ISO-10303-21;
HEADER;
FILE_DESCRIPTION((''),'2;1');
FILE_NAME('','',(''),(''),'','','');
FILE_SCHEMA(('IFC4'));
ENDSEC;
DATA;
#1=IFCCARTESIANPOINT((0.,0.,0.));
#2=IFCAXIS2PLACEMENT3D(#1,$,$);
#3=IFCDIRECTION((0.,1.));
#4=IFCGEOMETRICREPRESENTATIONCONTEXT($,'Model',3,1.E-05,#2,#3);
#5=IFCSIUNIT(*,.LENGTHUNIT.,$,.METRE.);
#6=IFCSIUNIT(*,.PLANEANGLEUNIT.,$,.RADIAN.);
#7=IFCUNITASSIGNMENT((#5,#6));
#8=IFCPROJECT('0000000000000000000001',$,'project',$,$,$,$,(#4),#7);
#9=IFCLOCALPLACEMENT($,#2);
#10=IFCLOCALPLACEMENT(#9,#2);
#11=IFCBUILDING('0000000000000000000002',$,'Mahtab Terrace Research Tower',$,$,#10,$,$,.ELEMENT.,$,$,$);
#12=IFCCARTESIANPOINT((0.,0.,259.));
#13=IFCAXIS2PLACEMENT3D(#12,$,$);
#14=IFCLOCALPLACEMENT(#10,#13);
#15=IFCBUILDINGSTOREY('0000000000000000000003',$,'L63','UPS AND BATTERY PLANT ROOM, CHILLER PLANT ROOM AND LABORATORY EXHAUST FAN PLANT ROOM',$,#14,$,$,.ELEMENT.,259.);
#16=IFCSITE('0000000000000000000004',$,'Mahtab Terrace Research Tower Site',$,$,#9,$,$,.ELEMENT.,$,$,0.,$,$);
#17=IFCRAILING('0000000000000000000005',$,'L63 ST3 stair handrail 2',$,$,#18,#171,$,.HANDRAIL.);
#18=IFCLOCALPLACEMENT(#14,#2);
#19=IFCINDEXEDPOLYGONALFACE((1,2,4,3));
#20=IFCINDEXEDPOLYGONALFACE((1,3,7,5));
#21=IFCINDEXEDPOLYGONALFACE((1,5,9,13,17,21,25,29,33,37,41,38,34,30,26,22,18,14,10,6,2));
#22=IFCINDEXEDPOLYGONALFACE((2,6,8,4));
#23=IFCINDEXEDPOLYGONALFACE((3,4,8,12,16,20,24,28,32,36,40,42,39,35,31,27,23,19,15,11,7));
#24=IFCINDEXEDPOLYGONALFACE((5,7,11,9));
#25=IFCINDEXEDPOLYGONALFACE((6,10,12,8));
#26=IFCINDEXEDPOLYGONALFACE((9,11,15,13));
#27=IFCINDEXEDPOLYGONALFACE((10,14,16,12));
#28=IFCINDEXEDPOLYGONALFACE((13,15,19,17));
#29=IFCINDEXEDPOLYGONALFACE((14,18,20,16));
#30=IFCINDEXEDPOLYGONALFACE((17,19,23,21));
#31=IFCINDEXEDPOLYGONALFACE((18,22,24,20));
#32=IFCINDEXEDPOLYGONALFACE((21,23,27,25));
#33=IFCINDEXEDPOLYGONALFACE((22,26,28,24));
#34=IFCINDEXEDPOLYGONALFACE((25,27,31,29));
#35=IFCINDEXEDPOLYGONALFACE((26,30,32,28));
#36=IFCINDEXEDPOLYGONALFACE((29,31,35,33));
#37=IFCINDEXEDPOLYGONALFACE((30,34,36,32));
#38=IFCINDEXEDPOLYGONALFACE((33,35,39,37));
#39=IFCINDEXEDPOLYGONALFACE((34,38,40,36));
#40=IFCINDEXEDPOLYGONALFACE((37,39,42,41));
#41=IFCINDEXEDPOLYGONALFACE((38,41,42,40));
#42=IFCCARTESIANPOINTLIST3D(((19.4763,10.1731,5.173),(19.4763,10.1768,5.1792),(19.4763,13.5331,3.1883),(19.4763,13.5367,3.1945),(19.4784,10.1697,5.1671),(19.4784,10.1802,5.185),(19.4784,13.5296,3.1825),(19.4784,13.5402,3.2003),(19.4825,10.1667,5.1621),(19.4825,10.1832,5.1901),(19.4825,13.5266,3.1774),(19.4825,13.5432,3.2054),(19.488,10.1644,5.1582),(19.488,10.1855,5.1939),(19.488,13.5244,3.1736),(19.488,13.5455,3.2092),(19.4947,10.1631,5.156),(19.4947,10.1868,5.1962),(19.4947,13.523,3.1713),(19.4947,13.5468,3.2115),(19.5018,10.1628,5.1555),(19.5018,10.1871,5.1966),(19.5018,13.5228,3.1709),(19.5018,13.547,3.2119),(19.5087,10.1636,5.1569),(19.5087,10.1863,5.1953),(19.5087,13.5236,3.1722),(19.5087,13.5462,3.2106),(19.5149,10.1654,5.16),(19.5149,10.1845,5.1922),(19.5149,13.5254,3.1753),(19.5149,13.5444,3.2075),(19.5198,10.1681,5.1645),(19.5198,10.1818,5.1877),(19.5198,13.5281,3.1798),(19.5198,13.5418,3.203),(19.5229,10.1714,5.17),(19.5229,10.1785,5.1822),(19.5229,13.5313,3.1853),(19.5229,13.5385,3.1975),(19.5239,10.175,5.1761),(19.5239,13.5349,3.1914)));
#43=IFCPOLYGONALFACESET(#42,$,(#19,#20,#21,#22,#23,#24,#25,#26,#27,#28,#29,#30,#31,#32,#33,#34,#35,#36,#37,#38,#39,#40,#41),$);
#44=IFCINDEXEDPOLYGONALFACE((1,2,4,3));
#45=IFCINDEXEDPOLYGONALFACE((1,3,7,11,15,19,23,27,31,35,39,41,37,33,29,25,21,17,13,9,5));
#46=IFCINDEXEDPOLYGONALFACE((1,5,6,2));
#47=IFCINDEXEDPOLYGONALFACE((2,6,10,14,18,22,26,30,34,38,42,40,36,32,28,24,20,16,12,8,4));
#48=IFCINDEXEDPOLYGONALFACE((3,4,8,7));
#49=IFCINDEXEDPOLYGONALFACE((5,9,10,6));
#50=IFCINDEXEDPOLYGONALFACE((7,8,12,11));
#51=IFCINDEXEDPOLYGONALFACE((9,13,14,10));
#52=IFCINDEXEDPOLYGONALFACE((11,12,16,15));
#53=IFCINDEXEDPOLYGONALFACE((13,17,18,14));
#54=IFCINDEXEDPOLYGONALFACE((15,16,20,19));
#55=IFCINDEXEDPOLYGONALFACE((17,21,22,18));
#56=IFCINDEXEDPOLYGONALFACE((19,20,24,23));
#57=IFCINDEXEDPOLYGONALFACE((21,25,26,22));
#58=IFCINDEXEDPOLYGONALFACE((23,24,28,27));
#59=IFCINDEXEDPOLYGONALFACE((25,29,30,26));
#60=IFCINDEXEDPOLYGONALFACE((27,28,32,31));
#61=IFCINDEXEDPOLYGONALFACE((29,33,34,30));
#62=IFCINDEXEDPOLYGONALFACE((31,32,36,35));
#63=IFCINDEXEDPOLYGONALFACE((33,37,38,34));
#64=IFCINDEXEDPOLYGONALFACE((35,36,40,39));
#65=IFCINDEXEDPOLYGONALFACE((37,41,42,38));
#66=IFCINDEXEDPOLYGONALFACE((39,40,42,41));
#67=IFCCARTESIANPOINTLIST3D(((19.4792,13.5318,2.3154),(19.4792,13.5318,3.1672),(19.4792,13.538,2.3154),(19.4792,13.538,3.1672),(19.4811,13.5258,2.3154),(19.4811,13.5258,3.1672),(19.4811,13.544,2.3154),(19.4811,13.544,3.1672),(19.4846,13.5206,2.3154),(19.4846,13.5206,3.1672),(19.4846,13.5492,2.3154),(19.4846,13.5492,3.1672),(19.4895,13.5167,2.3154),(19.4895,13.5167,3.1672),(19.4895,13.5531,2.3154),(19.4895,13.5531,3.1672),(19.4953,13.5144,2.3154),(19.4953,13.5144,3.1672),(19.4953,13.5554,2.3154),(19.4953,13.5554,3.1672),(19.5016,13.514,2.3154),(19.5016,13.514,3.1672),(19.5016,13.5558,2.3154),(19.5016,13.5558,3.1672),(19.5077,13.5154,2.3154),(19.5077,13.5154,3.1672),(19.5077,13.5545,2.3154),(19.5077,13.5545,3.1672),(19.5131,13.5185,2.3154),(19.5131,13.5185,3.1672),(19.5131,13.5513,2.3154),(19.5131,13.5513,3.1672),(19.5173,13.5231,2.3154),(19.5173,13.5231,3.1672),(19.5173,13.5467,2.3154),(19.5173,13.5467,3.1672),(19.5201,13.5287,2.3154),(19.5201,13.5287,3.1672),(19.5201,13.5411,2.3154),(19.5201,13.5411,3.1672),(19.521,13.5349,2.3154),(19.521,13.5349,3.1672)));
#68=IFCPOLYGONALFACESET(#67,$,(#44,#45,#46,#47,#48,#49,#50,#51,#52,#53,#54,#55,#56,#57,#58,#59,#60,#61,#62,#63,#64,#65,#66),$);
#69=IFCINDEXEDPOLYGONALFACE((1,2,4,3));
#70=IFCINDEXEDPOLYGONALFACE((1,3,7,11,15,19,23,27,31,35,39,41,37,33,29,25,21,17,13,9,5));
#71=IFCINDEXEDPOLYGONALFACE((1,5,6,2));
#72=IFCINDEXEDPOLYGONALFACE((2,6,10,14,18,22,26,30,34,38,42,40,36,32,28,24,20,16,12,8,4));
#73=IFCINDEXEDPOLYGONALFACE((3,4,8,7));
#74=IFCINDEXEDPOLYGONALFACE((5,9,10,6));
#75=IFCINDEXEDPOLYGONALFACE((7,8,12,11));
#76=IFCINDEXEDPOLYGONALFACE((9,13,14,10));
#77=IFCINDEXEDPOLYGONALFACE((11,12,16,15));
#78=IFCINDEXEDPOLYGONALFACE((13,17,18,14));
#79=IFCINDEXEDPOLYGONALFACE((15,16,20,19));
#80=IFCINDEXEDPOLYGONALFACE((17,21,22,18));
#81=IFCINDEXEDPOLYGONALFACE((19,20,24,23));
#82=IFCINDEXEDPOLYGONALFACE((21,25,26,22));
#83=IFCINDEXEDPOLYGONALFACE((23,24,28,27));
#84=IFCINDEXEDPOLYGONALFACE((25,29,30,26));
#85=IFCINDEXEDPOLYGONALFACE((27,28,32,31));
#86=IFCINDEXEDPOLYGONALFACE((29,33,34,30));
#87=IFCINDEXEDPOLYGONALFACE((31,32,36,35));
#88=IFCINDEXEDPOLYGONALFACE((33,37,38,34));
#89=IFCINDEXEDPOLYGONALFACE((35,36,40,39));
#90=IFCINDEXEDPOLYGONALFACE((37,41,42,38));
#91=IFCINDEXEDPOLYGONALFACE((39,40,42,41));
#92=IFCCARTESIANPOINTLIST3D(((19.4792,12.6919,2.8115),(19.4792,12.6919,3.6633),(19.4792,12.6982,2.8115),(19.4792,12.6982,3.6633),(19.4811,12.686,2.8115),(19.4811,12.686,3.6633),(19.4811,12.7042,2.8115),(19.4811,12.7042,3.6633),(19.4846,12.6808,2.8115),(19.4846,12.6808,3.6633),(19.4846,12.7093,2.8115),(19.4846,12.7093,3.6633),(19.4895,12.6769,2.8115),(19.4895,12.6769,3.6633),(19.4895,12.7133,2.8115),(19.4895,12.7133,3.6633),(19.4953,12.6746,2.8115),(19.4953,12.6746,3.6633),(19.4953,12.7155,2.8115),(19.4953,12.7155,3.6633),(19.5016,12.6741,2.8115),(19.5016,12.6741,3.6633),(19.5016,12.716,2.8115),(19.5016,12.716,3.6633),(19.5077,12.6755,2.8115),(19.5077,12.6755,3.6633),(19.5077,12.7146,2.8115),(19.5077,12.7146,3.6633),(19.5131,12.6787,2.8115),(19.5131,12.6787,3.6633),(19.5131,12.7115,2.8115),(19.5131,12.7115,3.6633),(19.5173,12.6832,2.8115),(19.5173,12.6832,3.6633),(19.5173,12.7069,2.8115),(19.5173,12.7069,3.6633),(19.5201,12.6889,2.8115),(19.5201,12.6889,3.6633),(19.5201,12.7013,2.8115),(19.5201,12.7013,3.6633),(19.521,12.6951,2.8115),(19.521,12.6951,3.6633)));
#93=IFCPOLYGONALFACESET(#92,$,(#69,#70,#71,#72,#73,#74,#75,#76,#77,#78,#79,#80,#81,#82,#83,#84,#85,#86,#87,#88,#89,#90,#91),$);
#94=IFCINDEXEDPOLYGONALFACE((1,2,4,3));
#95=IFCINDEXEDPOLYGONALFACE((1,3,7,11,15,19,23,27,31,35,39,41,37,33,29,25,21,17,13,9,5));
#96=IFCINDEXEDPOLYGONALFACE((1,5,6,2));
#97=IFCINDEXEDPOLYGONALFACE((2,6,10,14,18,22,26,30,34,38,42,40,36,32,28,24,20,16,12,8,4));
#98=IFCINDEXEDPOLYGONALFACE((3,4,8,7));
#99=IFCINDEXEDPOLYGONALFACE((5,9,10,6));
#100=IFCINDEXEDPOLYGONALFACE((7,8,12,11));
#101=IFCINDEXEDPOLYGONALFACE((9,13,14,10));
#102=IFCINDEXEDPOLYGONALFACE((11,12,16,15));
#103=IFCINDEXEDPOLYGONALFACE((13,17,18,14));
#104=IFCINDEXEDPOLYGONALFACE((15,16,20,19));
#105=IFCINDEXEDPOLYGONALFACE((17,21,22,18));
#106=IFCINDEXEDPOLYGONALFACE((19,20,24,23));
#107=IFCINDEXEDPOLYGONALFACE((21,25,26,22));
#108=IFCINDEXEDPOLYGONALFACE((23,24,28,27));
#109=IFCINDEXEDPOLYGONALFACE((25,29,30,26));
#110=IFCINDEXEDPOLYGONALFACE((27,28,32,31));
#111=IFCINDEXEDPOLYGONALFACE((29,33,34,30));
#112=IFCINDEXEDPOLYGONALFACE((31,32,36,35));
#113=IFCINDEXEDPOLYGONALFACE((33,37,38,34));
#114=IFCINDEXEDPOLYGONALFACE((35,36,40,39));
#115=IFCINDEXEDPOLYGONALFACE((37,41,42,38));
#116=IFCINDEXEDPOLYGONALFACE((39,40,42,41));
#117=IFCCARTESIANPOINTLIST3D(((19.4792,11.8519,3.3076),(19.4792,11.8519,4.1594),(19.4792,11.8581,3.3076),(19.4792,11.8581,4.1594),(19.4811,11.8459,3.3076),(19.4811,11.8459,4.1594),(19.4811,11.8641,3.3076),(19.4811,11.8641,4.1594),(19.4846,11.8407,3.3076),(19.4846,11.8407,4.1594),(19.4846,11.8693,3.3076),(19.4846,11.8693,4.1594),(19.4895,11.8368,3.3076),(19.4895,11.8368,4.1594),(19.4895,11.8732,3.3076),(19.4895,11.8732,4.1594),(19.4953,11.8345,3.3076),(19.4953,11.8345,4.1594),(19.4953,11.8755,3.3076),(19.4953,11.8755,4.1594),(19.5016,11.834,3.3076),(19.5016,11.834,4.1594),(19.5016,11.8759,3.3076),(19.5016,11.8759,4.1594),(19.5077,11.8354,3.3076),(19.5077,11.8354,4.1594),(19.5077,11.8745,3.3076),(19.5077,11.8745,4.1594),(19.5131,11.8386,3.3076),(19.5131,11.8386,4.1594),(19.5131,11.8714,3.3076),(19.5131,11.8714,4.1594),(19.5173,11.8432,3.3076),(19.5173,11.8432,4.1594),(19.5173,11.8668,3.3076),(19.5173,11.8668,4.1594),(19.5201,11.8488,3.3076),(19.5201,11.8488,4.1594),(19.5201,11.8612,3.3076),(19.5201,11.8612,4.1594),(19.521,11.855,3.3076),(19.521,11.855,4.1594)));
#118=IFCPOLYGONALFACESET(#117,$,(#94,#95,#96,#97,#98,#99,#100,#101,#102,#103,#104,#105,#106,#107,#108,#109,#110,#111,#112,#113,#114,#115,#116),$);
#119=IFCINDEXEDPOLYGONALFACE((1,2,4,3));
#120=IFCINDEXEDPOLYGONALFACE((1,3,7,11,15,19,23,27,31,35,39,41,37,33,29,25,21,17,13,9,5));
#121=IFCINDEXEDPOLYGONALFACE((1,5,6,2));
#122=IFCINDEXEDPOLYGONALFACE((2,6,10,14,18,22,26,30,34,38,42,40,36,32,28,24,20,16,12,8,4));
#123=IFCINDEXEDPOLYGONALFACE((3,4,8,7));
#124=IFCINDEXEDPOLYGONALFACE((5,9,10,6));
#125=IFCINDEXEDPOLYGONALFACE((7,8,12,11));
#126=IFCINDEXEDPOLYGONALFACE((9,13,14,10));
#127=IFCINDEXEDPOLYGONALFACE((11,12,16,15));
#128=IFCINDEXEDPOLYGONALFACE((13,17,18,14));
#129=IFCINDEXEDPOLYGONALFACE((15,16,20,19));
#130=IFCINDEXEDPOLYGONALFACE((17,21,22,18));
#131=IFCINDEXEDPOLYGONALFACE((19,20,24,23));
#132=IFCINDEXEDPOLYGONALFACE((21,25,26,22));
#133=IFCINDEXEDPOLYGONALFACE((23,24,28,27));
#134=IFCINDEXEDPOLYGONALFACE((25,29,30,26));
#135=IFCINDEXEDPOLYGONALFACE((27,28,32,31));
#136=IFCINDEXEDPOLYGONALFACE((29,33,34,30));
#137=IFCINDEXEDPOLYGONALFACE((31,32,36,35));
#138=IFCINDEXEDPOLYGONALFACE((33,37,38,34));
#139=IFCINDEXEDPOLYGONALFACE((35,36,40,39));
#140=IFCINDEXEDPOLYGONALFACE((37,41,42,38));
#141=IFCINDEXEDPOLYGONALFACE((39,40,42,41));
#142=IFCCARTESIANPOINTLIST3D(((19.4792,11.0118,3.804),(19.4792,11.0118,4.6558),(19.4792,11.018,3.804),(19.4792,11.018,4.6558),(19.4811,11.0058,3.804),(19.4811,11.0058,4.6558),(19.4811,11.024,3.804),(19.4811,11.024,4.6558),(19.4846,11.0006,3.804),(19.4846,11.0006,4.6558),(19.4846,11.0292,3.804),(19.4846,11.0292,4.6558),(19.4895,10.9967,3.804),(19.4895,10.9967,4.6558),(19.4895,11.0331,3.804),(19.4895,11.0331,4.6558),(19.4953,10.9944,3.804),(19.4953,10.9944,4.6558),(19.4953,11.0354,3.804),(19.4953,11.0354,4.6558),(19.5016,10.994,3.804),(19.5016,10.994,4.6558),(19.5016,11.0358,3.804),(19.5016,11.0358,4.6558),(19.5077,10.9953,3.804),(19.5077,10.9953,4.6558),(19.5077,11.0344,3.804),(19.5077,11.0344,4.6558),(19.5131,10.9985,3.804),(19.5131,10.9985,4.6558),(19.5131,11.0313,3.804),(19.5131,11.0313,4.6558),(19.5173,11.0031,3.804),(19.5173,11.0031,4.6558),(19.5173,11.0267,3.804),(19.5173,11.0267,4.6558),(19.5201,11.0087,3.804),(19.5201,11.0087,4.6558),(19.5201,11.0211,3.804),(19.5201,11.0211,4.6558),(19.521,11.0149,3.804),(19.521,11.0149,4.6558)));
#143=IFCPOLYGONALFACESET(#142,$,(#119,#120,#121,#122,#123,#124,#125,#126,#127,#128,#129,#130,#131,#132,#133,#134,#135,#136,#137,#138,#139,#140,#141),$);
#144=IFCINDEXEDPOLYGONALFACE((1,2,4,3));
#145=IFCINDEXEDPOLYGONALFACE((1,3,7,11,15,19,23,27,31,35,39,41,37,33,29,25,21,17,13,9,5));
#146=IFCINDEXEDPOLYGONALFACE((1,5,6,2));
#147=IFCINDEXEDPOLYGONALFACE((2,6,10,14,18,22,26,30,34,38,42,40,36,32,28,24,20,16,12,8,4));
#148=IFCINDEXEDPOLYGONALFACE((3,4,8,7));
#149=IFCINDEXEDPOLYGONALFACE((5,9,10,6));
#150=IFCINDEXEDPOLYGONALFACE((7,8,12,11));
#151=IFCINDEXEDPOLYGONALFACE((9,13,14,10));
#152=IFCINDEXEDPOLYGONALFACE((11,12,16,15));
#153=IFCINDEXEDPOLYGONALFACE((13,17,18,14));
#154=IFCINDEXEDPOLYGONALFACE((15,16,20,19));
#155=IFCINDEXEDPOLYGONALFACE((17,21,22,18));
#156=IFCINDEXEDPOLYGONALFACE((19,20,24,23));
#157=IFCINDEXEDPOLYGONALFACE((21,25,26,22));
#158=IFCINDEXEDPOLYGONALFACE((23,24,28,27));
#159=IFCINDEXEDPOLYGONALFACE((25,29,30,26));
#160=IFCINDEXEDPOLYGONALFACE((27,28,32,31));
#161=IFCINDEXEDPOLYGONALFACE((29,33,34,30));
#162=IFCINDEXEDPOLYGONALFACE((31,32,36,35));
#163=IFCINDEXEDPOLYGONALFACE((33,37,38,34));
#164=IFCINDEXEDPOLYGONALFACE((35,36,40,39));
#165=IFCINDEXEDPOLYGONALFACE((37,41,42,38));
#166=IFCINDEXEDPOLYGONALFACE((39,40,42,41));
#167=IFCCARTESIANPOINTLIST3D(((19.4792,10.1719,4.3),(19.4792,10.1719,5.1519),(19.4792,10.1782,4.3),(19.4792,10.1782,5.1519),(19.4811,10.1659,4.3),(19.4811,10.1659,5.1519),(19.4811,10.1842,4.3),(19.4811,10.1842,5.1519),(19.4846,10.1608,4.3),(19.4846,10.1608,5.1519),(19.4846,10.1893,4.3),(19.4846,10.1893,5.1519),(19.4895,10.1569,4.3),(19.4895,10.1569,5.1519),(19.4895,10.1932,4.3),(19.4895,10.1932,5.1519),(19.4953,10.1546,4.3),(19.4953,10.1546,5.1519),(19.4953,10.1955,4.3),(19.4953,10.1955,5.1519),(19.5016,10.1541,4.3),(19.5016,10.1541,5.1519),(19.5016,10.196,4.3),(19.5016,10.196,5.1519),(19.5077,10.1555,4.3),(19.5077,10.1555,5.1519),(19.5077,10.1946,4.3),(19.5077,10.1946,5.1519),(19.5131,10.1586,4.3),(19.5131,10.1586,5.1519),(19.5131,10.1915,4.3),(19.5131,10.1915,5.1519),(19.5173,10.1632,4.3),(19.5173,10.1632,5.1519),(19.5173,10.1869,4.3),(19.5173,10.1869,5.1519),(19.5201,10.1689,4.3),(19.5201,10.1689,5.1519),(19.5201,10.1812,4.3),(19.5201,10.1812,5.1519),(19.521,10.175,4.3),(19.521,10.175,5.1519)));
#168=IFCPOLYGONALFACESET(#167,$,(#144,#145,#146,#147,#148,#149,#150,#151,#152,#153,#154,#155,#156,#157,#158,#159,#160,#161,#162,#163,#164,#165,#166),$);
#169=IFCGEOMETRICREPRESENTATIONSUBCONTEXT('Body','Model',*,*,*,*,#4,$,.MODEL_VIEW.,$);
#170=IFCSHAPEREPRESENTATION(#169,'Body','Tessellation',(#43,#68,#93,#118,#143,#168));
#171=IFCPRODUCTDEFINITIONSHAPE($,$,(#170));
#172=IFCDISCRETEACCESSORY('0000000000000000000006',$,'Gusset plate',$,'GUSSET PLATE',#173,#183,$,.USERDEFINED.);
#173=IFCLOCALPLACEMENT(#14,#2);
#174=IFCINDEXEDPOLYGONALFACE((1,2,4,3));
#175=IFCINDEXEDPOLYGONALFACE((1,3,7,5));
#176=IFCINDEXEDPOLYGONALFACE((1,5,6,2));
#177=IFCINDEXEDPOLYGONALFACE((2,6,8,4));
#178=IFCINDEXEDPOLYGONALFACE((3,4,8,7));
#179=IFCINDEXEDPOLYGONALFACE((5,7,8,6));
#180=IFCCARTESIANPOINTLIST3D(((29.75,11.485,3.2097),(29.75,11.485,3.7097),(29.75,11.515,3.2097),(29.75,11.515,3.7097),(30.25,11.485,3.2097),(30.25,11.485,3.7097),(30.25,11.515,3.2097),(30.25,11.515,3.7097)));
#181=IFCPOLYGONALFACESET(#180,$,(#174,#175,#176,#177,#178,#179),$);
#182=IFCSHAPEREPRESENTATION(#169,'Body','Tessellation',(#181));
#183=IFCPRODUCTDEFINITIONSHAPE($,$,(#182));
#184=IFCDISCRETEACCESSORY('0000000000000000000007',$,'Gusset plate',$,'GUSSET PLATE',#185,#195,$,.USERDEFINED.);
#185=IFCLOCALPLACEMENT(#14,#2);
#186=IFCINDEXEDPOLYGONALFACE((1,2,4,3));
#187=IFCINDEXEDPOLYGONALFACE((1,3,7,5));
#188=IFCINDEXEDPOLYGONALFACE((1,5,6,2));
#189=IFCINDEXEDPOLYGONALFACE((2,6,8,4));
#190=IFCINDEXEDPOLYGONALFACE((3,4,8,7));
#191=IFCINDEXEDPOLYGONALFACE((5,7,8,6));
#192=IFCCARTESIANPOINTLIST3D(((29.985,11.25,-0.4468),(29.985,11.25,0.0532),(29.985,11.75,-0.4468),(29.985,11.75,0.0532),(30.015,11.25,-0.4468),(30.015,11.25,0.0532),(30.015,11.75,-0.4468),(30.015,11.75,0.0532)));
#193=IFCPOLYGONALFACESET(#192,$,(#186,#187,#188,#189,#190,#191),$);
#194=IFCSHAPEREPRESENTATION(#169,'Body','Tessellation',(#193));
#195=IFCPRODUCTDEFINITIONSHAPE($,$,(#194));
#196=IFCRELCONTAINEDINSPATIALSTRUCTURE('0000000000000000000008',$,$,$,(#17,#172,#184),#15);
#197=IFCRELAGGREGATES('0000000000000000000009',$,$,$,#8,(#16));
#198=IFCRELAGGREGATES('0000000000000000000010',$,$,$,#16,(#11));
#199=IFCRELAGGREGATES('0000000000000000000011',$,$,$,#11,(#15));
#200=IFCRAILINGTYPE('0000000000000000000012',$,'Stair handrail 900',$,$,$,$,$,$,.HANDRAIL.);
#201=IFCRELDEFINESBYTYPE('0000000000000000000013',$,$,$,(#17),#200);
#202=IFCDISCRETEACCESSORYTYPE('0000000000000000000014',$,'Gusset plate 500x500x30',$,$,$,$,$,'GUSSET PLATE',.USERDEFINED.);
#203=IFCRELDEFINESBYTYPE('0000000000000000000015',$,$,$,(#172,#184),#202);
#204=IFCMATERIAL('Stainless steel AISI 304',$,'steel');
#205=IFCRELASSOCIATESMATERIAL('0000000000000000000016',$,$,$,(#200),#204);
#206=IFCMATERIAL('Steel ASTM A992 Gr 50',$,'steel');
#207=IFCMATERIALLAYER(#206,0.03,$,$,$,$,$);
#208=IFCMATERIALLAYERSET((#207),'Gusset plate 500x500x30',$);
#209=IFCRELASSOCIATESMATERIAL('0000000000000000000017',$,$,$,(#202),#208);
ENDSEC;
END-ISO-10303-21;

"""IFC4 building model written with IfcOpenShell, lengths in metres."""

from ifc_helpers import new_model, si_unit, direction, frame, origin, origin_2d, place, context, subcontext, project, spatial, rectangle, circle, extrude, material, layer, layer_set, type_object, element, save


model = new_model("IFC4")

# Units and contexts
model_context = context("Model", 3, precision=1e-05, world=origin(), true_north=direction((0.0, 1.0)))
body_context = subcontext(model_context, "Body", "Model", "MODEL_VIEW")
ifc_project = project(units=[si_unit("LENGTHUNIT", "METRE"), si_unit("PLANEANGLEUNIT", "RADIAN")], contexts=[model_context])

# Site, building, storey
site_placement = place(None, origin())
site = spatial("IfcSite", under=ifc_project, at=site_placement, Name="Mahtab Terrace Research Tower Site", CompositionType="ELEMENT", RefElevation=0.0)
building_placement = place(site_placement, origin())
building = spatial("IfcBuilding", under=site, at=building_placement, Name="Mahtab Terrace Research Tower", CompositionType="ELEMENT")
storey_placement = place(building_placement, frame((0.0, 0.0, 259.0)))
storey = spatial("IfcBuildingStorey", under=building, at=storey_placement, Name="L63", Description="UPS AND BATTERY PLANT ROOM, CHILLER PLANT ROOM AND LABORATORY EXHAUST FAN PLANT ROOM", CompositionType="ELEMENT", Elevation=259.0)

# Shared definitions
ifc_material_1 = material(Name="Steel ASTM A992 Gr 50", Category="steel")

# Shared definitions
ifc_material_2 = material(Name="Stainless steel AISI 304", Category="steel")

# Railing
railing_type_1 = type_object("IfcRailingType", Name="Stair handrail 900", PredefinedType="HANDRAIL", material=ifc_material_2)
railing_1_placement = place(storey_placement, frame((19.5, 13.5349, 2.3154)))
element("IfcRailing", 1, at=railing_1_placement, inside=storey, type_object=railing_type_1, Name="L63 ST3 stair handrail 2", PredefinedType="HANDRAIL", context=body_context, shape_type="SweptSolid", body=[
    extrude(circle(Radius=0.0239, at=origin_2d()), frame((0.0, 0.0, 0.876), z_axis=(0.0, -0.861011, 0.508586), x_axis=(1.0, 0.0, 0.0)), (0.0, 0.0, 1.0), 3.9023),
    extrude(circle(Radius=0.021, at=origin_2d()), origin(), (0.0, 0.0, 1.0), 0.8518),
    extrude(circle(Radius=0.021, at=origin_2d()), frame((0.0, -0.8398, 0.4961)), (0.0, 0.0, 1.0), 0.8518),
    extrude(circle(Radius=0.021, at=origin_2d()), frame((0.0, -1.6799, 0.9922)), (0.0, 0.0, 1.0), 0.8518),
    extrude(circle(Radius=0.021, at=origin_2d()), frame((0.0, -2.52, 1.4885)), (0.0, 0.0, 1.0), 0.8518),
    extrude(circle(Radius=0.021, at=origin_2d()), frame((0.0, -3.3599, 1.9846)), (0.0, 0.0, 1.0), 0.8518),
])

# Discrete accessories
ifc_layer_1 = layer(ifc_material_1, 0.03)
ifc_layer_set_1 = layer_set([ifc_layer_1], Name="Gusset plate 500x500x30")
discrete_accessory_type = type_object("IfcDiscreteAccessoryType", Name="Gusset plate 500x500x30", ElementType="GUSSET PLATE", PredefinedType="USERDEFINED", material=ifc_layer_set_1)
for number, where, z_axis, x_axis, name in (
    (2, (30.0, 11.5, 3.2097), (0.0, 0.0, 1.0), (1.0, 0.0, 0.0), "Gusset plate"),
    (3, (30.0, 11.5, -0.4468), (0.0, 0.0, 1.0), (0.0, 1.0, 0.0), "Gusset plate"),
):
    element("IfcDiscreteAccessory", number, at=place(storey_placement, frame(where, z_axis=z_axis, x_axis=x_axis)), inside=storey, type_object=discrete_accessory_type, Name=name, ObjectType="GUSSET PLATE", PredefinedType="USERDEFINED", context=body_context, shape_type="SweptSolid", body=[
        extrude(rectangle(XDim=0.5, YDim=0.03, at=origin_2d()), origin(), (0.0, 0.0, 1.0), 0.5),
    ])

save(model, "model.ifc")
